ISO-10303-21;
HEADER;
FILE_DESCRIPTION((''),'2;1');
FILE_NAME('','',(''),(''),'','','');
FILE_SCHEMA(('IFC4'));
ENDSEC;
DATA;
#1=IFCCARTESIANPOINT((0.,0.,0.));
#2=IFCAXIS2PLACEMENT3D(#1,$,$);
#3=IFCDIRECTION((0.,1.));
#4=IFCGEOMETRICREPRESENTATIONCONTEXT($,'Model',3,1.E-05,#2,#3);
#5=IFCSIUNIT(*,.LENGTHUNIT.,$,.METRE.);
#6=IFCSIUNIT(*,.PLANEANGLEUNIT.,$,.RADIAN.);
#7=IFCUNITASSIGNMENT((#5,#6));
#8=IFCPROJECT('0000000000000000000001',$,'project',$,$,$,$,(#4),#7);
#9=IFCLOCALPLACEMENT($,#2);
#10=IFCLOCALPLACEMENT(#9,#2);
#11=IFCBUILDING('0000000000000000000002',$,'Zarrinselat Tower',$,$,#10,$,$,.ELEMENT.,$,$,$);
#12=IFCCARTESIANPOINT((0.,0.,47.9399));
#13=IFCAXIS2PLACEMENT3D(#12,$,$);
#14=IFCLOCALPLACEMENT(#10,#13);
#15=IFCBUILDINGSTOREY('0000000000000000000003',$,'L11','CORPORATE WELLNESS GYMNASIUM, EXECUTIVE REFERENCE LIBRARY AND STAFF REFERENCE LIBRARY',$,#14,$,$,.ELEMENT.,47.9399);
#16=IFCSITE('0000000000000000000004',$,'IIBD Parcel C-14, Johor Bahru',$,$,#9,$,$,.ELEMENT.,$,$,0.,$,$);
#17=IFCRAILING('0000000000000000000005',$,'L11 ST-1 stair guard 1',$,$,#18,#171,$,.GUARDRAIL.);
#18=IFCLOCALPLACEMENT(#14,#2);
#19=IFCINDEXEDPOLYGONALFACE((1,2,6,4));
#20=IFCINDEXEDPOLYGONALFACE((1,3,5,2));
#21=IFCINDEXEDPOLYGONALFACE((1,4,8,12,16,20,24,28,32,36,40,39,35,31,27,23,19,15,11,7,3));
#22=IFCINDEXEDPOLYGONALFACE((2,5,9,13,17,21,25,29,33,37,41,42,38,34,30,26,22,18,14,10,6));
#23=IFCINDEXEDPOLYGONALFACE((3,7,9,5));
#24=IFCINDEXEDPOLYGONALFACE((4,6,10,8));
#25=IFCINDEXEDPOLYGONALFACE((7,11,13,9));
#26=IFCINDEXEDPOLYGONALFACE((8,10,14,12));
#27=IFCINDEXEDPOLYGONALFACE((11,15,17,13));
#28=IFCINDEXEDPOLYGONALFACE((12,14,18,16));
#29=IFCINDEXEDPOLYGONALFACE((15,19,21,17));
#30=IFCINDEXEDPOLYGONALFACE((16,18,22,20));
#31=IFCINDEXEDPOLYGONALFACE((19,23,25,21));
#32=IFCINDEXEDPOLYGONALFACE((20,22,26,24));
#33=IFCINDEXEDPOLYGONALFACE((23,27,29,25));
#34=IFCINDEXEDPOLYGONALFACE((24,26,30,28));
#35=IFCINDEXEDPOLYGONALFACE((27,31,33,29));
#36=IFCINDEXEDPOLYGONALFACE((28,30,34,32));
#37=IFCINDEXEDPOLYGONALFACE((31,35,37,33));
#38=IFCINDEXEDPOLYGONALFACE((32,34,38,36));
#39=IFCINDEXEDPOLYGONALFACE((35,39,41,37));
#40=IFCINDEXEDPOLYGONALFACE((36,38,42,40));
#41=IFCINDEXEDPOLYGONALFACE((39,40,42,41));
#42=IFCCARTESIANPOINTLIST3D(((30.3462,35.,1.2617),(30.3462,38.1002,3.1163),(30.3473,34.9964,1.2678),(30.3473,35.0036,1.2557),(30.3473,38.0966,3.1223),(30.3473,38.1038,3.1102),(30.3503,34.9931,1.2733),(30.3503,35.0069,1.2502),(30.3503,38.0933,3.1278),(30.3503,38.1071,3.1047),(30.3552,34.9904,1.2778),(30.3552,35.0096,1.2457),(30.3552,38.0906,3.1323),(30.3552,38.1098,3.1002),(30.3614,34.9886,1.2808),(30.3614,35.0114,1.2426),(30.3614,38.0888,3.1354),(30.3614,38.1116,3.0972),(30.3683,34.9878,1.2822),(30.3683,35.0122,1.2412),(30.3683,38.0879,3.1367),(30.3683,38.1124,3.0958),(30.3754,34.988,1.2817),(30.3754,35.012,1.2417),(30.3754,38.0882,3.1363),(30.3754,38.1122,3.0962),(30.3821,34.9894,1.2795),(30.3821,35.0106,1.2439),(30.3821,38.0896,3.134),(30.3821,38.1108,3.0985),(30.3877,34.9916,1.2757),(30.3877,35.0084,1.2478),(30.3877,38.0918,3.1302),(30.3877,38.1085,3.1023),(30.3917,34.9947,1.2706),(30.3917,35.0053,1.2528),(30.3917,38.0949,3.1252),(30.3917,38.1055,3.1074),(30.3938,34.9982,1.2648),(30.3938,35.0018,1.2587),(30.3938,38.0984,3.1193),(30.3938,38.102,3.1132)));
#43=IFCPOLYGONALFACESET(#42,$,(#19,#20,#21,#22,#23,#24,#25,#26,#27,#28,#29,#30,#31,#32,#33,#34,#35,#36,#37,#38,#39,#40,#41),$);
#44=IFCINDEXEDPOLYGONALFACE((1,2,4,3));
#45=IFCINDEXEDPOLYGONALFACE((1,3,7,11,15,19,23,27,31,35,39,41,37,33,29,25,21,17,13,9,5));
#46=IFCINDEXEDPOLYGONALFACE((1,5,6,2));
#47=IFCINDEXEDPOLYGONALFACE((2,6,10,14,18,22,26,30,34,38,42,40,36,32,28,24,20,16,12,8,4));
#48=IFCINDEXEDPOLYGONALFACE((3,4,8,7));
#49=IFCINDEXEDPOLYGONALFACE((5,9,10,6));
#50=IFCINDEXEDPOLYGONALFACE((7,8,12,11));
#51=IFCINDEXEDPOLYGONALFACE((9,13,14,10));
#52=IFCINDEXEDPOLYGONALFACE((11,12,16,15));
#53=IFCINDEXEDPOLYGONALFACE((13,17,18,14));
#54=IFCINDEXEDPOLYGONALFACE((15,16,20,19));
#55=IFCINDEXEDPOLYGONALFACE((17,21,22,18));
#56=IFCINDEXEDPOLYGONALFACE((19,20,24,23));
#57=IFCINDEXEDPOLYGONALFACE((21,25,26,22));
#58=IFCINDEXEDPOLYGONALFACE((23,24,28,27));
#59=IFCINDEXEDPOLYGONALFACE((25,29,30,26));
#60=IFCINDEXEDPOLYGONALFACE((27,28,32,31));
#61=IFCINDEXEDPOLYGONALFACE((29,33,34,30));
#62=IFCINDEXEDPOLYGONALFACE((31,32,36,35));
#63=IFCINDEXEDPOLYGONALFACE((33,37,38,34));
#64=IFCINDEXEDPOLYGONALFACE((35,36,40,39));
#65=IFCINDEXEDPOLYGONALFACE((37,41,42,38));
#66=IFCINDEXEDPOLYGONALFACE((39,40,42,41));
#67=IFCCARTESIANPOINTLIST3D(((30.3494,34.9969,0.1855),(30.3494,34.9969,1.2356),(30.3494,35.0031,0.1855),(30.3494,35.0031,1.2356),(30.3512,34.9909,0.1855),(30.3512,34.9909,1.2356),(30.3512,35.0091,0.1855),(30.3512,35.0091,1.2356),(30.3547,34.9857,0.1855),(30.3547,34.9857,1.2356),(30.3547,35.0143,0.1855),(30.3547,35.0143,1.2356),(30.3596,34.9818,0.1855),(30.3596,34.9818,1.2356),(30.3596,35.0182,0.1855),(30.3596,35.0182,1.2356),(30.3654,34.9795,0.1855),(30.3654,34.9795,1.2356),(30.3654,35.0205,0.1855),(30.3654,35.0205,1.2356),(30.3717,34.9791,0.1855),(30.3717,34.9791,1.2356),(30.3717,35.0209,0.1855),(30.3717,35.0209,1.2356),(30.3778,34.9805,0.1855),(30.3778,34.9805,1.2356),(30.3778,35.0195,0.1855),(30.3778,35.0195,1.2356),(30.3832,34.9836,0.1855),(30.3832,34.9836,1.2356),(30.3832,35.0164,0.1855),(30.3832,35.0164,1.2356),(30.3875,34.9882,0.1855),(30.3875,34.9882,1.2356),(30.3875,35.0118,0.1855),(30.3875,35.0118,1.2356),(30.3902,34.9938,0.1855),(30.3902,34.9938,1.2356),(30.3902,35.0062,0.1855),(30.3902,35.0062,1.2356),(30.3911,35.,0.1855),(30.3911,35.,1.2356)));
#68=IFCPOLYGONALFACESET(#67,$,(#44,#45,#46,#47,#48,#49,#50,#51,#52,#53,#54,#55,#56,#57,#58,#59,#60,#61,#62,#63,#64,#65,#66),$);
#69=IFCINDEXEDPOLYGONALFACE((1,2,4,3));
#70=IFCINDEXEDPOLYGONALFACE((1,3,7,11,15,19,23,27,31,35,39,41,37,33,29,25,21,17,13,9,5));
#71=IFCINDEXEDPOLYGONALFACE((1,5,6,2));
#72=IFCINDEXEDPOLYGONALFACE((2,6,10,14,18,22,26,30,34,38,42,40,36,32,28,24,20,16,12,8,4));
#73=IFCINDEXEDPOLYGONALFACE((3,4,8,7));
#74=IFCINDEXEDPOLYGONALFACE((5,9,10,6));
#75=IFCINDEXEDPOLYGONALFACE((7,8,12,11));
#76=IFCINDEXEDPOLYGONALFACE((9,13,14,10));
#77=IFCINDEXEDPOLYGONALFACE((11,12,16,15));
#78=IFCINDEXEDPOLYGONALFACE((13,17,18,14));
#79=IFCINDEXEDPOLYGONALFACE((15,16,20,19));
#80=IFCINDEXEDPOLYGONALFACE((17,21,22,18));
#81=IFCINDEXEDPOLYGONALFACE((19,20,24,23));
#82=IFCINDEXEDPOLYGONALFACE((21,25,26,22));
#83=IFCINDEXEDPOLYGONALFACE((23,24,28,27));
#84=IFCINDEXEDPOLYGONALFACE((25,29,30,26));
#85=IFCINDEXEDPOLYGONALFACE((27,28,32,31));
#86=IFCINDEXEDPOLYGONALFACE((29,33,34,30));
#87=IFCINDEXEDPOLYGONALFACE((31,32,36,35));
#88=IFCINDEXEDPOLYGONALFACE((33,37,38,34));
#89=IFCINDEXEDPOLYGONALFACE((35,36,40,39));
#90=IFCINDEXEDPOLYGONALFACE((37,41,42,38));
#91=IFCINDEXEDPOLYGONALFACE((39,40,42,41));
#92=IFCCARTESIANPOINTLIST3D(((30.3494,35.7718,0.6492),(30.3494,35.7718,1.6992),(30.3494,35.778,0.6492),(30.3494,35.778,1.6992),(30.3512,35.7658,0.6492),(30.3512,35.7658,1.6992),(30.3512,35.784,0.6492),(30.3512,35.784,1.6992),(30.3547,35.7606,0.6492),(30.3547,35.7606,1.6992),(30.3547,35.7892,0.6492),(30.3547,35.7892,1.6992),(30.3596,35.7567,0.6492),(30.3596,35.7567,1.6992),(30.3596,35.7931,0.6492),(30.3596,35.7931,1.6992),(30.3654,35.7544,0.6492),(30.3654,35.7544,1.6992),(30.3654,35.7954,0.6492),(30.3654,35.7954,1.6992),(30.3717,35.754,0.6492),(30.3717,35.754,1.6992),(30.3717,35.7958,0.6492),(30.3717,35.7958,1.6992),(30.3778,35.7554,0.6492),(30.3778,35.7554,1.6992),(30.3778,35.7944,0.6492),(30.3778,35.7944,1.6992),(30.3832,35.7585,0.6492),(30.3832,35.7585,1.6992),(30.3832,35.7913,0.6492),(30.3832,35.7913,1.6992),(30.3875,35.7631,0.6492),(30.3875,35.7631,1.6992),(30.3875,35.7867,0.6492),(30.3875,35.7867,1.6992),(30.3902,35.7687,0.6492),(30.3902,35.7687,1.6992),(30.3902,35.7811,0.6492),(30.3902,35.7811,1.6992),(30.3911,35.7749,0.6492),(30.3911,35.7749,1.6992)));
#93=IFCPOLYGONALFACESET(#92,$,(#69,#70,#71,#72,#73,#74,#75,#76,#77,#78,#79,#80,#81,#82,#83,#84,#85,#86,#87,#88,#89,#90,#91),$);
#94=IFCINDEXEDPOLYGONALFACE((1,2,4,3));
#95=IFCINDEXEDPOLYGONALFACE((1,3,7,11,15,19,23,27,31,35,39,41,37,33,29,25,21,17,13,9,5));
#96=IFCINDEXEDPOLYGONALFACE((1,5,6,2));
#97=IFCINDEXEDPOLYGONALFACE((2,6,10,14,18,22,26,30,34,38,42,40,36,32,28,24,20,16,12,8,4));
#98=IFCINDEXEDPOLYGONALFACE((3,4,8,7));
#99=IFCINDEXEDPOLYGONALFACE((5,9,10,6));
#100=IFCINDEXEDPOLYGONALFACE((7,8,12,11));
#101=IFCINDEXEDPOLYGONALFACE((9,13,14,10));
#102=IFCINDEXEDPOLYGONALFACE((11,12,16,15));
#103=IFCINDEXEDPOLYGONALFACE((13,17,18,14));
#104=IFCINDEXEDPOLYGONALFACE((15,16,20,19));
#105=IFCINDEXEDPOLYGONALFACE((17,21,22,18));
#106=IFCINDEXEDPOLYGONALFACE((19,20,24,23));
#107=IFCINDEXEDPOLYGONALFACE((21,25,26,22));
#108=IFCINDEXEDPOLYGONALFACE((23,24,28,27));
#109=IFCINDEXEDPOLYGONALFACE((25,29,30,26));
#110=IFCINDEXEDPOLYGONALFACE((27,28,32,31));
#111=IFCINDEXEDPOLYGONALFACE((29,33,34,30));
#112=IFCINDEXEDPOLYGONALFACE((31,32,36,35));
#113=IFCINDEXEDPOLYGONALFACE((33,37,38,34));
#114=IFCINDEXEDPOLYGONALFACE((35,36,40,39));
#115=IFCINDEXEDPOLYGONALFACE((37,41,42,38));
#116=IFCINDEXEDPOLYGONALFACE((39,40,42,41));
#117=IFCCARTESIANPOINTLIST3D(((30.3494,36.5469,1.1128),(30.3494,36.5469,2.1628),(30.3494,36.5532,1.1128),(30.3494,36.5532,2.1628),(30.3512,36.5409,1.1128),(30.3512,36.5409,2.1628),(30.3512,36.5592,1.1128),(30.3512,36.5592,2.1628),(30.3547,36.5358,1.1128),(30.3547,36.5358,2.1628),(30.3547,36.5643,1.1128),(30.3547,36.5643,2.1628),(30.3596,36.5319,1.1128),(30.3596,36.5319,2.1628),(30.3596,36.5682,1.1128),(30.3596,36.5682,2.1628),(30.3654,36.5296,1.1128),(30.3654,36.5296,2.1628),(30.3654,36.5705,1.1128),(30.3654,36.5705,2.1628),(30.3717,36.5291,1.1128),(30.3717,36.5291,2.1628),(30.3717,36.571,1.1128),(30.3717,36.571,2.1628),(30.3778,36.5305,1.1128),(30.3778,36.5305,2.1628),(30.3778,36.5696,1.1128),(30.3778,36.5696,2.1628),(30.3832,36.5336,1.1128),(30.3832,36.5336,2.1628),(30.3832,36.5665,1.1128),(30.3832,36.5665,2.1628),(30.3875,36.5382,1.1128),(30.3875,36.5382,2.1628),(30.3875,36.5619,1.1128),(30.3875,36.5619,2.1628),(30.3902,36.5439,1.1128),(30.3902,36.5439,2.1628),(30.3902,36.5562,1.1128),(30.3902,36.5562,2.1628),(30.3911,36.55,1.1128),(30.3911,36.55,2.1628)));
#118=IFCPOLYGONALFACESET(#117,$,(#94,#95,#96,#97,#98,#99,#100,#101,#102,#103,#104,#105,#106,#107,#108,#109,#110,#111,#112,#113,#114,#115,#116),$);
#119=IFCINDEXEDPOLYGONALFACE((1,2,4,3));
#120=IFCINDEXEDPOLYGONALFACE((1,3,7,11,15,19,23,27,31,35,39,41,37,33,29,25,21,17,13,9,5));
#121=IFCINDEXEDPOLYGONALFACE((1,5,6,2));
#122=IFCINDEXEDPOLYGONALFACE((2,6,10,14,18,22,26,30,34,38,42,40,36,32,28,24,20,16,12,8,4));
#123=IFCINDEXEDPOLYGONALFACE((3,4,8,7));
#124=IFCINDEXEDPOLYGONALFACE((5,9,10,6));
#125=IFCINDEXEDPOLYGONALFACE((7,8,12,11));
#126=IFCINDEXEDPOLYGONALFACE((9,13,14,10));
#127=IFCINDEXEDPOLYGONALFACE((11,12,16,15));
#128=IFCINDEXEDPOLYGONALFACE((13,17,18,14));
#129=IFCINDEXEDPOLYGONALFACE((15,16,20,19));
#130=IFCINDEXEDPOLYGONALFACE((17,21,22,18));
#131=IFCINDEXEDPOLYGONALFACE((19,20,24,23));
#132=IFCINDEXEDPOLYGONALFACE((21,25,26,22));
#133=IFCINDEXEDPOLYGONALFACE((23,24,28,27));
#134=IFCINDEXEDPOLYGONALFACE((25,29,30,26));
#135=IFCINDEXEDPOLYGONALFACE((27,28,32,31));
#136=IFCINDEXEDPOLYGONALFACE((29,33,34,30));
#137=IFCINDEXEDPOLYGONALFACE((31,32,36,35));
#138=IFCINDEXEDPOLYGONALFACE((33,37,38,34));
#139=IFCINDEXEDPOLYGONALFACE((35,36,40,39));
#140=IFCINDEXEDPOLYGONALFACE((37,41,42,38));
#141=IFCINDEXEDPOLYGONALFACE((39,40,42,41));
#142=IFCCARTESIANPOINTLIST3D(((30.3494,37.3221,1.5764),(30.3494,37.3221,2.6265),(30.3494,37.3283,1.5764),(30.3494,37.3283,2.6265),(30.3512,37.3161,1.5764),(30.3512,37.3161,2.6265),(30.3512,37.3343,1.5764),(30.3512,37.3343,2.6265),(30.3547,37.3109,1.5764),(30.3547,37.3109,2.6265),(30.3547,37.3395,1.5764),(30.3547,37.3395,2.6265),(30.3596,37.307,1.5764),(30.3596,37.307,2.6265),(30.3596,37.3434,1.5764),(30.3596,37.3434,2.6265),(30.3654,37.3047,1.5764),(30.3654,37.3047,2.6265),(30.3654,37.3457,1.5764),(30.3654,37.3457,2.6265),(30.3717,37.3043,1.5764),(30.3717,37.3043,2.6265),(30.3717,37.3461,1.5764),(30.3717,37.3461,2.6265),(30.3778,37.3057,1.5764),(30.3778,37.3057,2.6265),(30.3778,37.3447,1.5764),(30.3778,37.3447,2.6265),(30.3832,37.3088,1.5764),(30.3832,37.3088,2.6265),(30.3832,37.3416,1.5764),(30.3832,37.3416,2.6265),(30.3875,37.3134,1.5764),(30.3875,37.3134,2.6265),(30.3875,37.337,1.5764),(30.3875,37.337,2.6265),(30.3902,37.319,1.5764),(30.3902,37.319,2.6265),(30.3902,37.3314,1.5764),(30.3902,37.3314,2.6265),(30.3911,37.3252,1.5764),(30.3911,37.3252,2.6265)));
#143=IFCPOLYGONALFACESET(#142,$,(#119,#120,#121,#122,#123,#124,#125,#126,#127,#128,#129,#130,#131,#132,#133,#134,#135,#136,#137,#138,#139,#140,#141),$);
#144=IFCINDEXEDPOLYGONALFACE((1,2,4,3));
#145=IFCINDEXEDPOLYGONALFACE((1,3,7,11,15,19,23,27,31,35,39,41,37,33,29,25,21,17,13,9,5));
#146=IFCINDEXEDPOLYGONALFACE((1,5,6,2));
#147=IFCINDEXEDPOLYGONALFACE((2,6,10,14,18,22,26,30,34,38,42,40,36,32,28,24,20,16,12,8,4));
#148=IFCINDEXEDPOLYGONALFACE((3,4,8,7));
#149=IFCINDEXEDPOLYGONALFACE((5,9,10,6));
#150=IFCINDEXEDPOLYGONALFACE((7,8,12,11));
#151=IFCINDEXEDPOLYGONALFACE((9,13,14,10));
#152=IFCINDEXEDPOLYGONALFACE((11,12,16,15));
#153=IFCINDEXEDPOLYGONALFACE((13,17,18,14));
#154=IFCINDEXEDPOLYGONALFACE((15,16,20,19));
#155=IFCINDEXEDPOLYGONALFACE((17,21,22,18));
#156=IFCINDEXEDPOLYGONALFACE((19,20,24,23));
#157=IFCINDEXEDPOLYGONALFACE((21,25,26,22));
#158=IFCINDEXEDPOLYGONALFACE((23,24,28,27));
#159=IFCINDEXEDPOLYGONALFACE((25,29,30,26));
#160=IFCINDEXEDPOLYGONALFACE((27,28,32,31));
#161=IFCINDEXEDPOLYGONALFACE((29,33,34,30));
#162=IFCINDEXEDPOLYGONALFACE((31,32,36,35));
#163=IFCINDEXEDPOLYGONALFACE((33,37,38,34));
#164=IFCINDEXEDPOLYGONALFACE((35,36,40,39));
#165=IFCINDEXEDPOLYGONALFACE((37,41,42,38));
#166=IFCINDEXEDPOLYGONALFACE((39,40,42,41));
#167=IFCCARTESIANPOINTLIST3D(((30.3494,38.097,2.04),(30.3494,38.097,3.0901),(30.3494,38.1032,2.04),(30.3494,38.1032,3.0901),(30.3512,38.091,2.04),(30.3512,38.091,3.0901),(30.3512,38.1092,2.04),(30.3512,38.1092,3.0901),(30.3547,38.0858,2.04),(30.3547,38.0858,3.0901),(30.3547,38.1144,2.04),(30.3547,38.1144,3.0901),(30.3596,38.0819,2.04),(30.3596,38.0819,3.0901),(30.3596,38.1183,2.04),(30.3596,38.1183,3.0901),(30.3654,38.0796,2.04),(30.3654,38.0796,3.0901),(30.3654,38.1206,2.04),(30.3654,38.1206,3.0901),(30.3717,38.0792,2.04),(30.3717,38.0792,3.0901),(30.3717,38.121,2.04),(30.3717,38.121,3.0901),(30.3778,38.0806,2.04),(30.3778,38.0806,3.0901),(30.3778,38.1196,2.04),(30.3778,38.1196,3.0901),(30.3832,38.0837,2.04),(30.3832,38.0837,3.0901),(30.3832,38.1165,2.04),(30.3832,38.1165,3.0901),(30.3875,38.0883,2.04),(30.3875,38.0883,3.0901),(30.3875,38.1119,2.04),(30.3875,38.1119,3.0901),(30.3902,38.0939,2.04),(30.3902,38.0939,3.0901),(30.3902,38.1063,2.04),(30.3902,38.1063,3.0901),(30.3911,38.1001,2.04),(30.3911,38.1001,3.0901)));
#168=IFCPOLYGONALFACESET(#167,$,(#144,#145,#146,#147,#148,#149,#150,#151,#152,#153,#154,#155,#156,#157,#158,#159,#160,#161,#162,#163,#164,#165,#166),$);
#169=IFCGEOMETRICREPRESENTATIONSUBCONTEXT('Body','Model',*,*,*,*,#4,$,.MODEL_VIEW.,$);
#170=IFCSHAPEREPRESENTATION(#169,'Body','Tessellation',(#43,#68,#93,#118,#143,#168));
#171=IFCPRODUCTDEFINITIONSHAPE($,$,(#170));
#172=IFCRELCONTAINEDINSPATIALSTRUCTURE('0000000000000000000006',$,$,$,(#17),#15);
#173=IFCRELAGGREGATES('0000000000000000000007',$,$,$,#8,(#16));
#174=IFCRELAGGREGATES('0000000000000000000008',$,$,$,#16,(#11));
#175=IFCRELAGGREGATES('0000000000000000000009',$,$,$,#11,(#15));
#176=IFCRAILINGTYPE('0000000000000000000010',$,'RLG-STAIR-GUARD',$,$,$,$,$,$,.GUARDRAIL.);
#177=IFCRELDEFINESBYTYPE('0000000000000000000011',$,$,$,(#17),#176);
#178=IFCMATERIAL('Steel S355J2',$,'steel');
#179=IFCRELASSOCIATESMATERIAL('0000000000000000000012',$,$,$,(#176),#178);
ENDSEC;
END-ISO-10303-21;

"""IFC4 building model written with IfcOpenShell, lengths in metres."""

from ifc_helpers import new_model, si_unit, direction, frame, origin, origin_2d, place, context, subcontext, project, spatial, circle, extrude, material, type_object, element, save


model = new_model("IFC4")

# Units and contexts
model_context = context("Model", 3, precision=1e-05, world=origin(), true_north=direction((0.0, 1.0)))
body_context = subcontext(model_context, "Body", "Model", "MODEL_VIEW")
ifc_project = project(units=[si_unit("LENGTHUNIT", "METRE"), si_unit("PLANEANGLEUNIT", "RADIAN")], contexts=[model_context])

# Site, building, storey
site_placement = place(None, origin())
site = spatial("IfcSite", under=ifc_project, at=site_placement, Name="IIBD Parcel C-14, Johor Bahru", CompositionType="ELEMENT", RefElevation=0.0)
building_placement = place(site_placement, origin())
building = spatial("IfcBuilding", under=site, at=building_placement, Name="Zarrinselat Tower", CompositionType="ELEMENT")
storey_placement = place(building_placement, frame((0.0, 0.0, 47.9399)))
storey = spatial("IfcBuildingStorey", under=building, at=storey_placement, Name="L11", Description="CORPORATE WELLNESS GYMNASIUM, EXECUTIVE REFERENCE LIBRARY AND STAFF REFERENCE LIBRARY", CompositionType="ELEMENT", Elevation=47.9399)

# Railing
ifc_material_1 = material(Name="Steel S355J2", Category="steel")
railing_type_1 = type_object("IfcRailingType", Name="RLG-STAIR-GUARD", PredefinedType="GUARDRAIL", material=ifc_material_1)
railing_1_placement = place(storey_placement, frame((30.3701, 35.0, 0.1855)))
element("IfcRailing", 1, at=railing_1_placement, inside=storey, type_object=railing_type_1, Name="L11 ST-1 stair guard 1", PredefinedType="GUARDRAIL", context=body_context, shape_type="SweptSolid", body=[
    extrude(circle(Radius=0.0239, at=origin_2d()), frame((0.0, 0.0, 1.0762), z_axis=(0.0, 0.858172, 0.513362), x_axis=(-1.0, 0.0, 0.0)), (0.0, 0.0, 1.0), 3.6125),
    extrude(circle(Radius=0.021, at=origin_2d()), origin(), (0.0, 0.0, 1.0), 1.05),
    extrude(circle(Radius=0.021, at=origin_2d()), frame((0.0, 0.7749, 0.4636)), (0.0, 0.0, 1.0), 1.05),
    extrude(circle(Radius=0.021, at=origin_2d()), frame((0.0, 1.55, 0.9272)), (0.0, 0.0, 1.0), 1.05),
    extrude(circle(Radius=0.021, at=origin_2d()), frame((0.0, 2.3252, 1.3909)), (0.0, 0.0, 1.0), 1.05),
    extrude(circle(Radius=0.021, at=origin_2d()), frame((0.0, 3.1001, 1.8545)), (0.0, 0.0, 1.0), 1.05),
])

save(model, "model.ifc")
